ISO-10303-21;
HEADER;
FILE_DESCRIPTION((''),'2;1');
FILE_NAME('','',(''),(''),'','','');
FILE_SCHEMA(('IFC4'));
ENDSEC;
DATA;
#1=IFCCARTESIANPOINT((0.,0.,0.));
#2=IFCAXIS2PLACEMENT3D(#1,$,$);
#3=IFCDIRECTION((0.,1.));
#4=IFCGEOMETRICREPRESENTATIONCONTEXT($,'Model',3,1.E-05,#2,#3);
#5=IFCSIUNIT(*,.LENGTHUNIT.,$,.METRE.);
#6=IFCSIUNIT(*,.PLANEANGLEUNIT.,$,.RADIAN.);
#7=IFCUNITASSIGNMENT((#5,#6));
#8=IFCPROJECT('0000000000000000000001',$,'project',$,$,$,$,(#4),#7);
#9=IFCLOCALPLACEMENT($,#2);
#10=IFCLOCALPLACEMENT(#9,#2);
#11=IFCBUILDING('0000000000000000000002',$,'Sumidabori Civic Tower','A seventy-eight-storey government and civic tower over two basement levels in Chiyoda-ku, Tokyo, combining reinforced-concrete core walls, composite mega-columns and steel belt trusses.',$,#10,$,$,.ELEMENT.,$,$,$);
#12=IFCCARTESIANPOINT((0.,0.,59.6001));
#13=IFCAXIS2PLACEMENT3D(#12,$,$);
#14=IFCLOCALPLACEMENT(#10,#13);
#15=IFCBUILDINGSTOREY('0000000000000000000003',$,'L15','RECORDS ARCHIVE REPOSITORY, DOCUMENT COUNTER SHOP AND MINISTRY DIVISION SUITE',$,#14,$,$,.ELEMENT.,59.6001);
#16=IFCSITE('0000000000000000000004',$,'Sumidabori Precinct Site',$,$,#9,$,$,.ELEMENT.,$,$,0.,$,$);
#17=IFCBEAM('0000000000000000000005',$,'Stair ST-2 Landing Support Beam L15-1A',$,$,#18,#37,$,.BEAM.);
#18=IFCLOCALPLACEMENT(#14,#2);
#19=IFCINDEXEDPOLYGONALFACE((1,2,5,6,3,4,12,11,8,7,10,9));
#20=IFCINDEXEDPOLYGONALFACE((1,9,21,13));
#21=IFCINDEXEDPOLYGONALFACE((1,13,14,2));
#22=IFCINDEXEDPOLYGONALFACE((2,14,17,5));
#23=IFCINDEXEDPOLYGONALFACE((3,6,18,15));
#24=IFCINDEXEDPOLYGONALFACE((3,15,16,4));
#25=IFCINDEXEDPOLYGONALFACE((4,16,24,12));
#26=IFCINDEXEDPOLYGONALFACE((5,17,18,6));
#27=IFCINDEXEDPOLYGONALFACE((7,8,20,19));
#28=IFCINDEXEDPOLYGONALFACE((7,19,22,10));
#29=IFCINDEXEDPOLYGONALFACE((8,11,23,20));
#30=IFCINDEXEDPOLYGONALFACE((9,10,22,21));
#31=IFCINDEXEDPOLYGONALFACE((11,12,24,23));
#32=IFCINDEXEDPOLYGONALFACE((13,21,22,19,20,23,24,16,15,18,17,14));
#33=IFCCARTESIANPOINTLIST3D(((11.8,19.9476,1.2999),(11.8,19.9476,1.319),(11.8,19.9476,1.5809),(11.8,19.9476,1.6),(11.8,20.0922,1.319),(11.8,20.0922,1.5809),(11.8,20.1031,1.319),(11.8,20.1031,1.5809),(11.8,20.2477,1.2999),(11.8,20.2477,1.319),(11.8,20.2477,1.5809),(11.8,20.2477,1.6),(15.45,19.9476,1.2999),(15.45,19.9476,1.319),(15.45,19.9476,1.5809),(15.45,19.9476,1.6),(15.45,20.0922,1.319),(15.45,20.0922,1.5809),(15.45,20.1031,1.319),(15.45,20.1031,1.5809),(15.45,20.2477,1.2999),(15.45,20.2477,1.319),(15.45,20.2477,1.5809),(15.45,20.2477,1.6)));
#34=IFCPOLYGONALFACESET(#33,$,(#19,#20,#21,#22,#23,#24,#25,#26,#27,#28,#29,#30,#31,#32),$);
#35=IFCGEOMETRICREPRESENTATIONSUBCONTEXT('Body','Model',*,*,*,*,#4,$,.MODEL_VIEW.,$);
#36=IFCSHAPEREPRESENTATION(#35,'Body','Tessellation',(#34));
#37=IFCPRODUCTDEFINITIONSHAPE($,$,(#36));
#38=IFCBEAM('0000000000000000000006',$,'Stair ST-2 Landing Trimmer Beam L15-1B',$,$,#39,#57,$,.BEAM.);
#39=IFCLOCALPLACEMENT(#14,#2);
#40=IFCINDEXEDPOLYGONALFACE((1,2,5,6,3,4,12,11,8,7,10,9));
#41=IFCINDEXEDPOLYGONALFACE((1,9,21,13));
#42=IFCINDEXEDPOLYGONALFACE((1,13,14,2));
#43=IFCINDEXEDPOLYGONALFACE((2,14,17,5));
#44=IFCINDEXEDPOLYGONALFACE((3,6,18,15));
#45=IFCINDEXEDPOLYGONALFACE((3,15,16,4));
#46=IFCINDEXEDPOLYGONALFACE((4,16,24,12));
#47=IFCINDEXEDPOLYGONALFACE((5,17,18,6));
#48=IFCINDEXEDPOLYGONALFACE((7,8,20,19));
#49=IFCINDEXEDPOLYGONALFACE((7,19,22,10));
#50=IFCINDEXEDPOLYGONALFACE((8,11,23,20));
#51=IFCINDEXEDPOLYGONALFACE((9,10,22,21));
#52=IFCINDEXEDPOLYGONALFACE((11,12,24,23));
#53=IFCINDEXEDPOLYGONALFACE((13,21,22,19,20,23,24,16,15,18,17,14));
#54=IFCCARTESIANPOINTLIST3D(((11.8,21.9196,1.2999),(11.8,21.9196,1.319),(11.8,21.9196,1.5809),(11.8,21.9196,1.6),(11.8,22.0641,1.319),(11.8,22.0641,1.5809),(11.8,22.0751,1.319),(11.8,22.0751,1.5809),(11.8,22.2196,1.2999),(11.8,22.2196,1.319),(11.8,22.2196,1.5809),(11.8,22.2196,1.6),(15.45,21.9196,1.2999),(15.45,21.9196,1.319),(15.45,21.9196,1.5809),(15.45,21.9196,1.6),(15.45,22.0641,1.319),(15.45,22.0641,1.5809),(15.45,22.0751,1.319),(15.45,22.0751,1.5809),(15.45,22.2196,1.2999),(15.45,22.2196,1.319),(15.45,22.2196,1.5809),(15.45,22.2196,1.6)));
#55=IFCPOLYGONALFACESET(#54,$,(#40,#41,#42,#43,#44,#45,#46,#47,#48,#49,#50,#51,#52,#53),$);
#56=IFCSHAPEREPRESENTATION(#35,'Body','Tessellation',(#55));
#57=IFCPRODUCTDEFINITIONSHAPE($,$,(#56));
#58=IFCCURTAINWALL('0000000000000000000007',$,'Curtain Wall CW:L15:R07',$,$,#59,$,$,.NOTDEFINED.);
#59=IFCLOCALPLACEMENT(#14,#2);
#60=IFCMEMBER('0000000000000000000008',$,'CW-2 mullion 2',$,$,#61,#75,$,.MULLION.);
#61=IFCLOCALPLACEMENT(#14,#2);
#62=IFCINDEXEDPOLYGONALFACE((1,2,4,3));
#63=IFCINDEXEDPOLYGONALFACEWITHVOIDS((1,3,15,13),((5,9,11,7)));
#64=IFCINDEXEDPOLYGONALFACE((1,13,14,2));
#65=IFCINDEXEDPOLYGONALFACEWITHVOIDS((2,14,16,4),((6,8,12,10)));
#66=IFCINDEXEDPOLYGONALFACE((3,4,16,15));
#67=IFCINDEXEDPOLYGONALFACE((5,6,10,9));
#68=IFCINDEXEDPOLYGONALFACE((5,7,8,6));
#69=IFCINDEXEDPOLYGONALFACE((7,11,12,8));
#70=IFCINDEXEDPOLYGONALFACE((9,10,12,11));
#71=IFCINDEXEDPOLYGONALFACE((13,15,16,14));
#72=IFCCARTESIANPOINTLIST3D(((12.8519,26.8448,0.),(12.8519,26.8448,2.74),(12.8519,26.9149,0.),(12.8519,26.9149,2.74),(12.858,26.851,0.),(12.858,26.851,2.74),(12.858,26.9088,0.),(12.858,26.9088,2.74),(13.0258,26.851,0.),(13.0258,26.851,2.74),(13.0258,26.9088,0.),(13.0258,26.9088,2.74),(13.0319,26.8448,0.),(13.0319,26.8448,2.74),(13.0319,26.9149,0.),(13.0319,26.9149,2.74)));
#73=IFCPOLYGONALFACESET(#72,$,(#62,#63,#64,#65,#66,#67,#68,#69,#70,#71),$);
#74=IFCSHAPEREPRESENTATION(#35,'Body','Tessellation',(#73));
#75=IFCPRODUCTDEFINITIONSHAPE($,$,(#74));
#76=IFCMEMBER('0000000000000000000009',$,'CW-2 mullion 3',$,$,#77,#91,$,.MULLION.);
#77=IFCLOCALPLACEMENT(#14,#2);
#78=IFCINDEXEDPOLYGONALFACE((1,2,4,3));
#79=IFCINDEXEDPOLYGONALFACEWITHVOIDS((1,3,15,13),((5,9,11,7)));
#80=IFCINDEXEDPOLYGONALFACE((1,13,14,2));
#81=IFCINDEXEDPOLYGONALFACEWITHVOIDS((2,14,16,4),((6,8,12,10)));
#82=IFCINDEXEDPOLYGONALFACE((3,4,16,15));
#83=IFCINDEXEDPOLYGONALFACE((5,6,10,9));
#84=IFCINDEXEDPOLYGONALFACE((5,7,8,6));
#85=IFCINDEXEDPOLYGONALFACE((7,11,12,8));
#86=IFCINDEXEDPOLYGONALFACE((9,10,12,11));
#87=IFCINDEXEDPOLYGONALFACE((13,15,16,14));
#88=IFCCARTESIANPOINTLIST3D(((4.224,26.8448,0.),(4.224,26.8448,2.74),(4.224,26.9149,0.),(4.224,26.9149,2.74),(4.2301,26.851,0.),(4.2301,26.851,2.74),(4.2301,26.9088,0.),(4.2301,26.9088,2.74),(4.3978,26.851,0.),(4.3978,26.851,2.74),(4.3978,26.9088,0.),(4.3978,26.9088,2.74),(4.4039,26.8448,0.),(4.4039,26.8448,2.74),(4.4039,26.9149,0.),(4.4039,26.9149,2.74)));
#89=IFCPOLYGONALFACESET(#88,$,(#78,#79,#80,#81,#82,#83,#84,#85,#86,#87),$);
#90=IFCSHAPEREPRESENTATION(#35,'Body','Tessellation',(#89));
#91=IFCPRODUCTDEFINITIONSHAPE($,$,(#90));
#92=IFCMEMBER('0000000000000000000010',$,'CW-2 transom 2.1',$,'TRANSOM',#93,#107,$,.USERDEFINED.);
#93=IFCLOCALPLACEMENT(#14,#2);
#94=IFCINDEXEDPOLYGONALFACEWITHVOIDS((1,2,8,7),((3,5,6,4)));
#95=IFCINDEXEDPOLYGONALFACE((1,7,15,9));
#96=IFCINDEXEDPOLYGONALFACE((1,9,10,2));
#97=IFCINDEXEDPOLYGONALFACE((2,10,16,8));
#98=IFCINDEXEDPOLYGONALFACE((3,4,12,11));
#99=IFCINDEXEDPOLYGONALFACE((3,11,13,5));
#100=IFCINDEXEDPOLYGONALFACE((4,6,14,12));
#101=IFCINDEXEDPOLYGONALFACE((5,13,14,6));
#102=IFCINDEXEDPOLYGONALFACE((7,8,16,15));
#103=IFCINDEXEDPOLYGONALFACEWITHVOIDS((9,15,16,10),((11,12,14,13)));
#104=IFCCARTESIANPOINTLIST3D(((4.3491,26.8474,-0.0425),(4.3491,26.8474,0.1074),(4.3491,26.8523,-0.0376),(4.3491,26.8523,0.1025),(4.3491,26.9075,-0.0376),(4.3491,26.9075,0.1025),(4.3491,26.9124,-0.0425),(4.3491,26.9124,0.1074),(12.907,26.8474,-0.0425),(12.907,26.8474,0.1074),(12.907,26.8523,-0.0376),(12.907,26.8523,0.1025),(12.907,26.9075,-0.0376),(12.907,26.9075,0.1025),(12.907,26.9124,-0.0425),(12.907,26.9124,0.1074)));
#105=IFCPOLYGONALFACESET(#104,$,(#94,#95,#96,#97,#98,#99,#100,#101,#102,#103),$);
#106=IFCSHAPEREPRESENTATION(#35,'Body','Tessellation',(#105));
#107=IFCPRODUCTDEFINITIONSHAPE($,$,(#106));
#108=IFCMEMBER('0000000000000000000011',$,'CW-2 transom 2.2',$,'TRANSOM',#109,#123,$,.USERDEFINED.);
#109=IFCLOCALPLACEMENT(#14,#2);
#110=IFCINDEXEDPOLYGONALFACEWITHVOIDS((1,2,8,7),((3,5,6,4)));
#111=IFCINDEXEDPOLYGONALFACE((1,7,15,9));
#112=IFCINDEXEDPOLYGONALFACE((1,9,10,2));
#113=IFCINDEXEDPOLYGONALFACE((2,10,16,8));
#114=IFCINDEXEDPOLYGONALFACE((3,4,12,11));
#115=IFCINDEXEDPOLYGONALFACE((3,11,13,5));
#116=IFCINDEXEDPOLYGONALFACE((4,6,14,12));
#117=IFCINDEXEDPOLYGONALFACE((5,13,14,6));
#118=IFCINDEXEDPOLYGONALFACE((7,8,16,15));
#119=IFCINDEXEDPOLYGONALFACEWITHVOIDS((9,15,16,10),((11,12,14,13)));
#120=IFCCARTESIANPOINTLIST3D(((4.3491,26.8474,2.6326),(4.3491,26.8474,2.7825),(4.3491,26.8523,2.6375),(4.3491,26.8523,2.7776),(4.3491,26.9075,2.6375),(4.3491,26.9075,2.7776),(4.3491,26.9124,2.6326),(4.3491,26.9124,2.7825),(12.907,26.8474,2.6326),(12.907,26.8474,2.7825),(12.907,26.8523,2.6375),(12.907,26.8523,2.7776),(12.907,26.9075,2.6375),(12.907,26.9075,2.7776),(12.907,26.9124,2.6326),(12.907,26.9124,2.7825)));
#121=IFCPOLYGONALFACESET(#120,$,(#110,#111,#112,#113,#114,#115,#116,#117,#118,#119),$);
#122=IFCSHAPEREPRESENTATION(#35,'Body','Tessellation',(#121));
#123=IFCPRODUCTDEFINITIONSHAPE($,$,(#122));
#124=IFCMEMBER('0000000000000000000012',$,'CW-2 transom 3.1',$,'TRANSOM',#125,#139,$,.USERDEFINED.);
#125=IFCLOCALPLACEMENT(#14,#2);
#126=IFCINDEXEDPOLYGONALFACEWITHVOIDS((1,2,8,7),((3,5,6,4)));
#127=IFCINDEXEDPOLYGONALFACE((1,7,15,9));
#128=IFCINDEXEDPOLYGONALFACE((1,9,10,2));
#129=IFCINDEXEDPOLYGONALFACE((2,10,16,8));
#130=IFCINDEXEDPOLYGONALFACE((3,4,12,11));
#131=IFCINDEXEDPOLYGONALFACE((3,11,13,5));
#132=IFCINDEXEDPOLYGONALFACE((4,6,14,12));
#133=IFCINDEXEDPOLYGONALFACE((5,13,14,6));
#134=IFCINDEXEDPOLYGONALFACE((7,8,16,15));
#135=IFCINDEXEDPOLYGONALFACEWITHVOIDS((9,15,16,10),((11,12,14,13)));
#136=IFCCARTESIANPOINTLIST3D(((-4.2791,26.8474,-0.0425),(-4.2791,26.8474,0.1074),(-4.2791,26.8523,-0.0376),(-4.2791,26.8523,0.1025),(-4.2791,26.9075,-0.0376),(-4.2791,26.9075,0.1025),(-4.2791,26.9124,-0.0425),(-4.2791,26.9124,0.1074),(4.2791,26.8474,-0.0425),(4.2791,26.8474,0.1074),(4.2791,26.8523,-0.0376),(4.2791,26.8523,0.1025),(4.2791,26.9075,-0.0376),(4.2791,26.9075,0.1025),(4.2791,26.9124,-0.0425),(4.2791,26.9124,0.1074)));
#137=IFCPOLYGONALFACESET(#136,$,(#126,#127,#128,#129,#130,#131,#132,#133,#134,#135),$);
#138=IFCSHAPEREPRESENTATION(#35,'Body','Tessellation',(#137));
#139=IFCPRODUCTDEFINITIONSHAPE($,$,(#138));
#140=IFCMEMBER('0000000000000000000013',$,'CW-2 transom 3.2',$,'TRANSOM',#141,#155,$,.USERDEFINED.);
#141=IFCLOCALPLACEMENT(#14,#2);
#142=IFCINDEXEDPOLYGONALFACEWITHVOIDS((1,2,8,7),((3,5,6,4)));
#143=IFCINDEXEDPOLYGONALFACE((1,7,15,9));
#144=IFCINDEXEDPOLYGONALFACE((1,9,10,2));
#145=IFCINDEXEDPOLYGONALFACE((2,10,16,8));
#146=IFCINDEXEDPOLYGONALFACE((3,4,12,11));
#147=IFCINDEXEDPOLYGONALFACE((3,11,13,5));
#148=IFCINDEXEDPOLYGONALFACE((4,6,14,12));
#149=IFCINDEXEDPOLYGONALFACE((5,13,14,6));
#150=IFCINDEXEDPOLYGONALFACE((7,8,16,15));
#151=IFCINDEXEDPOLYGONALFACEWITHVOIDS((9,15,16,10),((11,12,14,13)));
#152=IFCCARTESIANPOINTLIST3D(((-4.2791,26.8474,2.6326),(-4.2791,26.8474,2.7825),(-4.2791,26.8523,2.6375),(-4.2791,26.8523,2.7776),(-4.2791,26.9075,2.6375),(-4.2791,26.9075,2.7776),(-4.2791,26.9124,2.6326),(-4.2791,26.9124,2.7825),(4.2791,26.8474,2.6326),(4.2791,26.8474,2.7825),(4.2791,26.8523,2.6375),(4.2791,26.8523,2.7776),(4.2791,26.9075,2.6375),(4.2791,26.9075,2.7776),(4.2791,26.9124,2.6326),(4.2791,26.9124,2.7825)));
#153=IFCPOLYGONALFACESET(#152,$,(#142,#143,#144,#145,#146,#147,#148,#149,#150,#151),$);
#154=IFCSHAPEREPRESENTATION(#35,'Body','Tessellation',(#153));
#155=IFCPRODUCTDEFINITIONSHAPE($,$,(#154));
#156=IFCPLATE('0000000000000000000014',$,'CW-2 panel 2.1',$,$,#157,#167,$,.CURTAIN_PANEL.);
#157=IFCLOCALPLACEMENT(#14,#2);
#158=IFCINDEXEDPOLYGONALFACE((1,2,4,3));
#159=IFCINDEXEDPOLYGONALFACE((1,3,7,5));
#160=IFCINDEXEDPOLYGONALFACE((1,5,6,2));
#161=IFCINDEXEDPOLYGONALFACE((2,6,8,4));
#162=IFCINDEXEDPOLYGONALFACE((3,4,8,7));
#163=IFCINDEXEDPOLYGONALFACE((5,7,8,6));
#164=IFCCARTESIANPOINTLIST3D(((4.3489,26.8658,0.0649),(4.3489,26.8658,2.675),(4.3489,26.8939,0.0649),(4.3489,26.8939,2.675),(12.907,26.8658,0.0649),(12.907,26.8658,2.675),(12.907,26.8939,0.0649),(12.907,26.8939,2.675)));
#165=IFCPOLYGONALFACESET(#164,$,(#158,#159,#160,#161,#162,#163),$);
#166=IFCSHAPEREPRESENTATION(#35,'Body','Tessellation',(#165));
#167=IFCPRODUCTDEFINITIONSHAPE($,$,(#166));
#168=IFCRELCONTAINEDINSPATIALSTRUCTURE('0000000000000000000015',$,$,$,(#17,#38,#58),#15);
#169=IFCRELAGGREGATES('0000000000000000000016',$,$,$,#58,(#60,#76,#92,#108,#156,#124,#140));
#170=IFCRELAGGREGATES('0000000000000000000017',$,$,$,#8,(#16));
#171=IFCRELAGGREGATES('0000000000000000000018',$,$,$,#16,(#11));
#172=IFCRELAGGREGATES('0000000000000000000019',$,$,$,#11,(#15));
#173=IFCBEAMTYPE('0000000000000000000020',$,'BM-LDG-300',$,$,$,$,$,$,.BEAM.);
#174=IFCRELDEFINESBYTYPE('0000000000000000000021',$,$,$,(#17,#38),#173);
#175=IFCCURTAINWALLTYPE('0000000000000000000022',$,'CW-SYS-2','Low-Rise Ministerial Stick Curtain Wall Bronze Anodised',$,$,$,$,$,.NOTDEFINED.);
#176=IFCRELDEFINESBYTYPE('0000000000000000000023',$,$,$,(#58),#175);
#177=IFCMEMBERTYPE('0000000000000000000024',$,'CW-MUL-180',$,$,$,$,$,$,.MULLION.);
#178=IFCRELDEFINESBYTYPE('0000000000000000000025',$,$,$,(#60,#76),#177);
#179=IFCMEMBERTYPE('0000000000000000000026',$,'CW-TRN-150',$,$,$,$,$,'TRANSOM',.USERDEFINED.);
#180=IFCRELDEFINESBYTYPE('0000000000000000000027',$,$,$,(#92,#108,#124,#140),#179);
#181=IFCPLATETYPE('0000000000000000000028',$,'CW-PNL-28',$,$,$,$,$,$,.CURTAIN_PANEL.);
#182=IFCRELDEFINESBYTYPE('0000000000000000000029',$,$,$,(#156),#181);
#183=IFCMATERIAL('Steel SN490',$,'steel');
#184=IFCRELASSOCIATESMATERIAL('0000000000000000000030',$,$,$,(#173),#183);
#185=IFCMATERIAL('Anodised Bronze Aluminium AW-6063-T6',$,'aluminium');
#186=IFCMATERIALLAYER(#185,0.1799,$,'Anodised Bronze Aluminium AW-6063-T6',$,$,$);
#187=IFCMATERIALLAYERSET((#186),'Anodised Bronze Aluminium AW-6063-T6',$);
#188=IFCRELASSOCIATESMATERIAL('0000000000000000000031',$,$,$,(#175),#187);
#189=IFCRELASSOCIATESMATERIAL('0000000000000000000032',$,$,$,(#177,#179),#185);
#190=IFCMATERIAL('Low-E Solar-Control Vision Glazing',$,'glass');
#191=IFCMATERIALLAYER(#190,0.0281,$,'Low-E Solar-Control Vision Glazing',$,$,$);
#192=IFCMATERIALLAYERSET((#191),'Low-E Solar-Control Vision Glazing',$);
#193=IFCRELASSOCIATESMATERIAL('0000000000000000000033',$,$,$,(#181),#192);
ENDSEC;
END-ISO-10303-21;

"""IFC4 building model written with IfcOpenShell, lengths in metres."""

from ifc_helpers import new_model, si_unit, direction, frame, origin, origin_2d, place, context, subcontext, project, spatial, rectangle, hollow_rectangle, i_section, extrude, source, transform, mapped, material, layer, layer_set, material_profile, profile_set, type_object, element, aggregate, save


model = new_model("IFC4")

# Units and contexts
model_context = context("Model", 3, precision=1e-05, world=origin(), true_north=direction((0.0, 1.0)))
body_context = subcontext(model_context, "Body", "Model", "MODEL_VIEW")
ifc_project = project(units=[si_unit("LENGTHUNIT", "METRE"), si_unit("PLANEANGLEUNIT", "RADIAN")], contexts=[model_context])

# Site, building, storey
site_placement = place(None, origin())
site = spatial("IfcSite", under=ifc_project, at=site_placement, Name="Sumidabori Precinct Site", CompositionType="ELEMENT", RefElevation=0.0)
building_placement = place(site_placement, origin())
building = spatial("IfcBuilding", under=site, at=building_placement, Name="Sumidabori Civic Tower", Description="A seventy-eight-storey government and civic tower over two basement levels in Chiyoda-ku, Tokyo, combining reinforced-concrete core walls, composite mega-columns and steel belt trusses.", CompositionType="ELEMENT")
storey_placement = place(building_placement, frame((0.0, 0.0, 59.6001)))
storey = spatial("IfcBuildingStorey", under=building, at=storey_placement, Name="L15", Description="RECORDS ARCHIVE REPOSITORY, DOCUMENT COUNTER SHOP AND MINISTRY DIVISION SUITE", CompositionType="ELEMENT", Elevation=59.6001)

# Beams
ifc_material_1 = material(Name="Steel SN490", Category="steel")
ifc_material_profile_1 = material_profile(ifc_material_1, i_section(OverallWidth=0.3, OverallDepth=0.3, WebThickness=0.011, FlangeThickness=0.019, at=origin_2d()), Name="HE 300 B")
ifc_profile_set_1 = profile_set([ifc_material_profile_1], Name="Steel SN490")
beam_type = type_object("IfcBeamType", Name="BM-LDG-300", PredefinedType="BEAM", material=ifc_profile_set_1)
shared_shape_1 = source(origin(), body_context, "Body", "SweptSolid", [
    extrude(i_section(OverallWidth=0.3, OverallDepth=0.3, WebThickness=0.011, FlangeThickness=0.019, at=origin_2d()), origin(), (0.0, 0.0, 1.0), 3.6499),
])
for number, where, z_axis, x_axis, name in (
    (1, (11.8, 20.0977, 1.45), (1.0, 0.0, 0.0), (0.0, 1.0, 0.0), "Stair ST-2 Landing Support Beam L15-1A"),
    (2, (11.8, 22.0696, 1.45), (1.0, 0.0, 0.0), (0.0, 1.0, 0.0), "Stair ST-2 Landing Trimmer Beam L15-1B"),
):
    element("IfcBeam", number, at=place(storey_placement, frame(where, z_axis=z_axis, x_axis=x_axis)), inside=storey, type_object=beam_type, Name=name, PredefinedType="BEAM", context=body_context, shape_type="MappedRepresentation", body=[
        mapped(shared_shape_1, transform((0.0, 0.0, 0.0), x_axis=(1.0, 0.0, 0.0), y_axis=(0.0, 1.0, 0.0), z_axis=(0.0, 0.0, 1.0), scale=1.0)),
    ])

# Curtain wall, members, plate
ifc_material_2 = material(Name="Anodised Bronze Aluminium AW-6063-T6", Category="aluminium")
ifc_layer_1 = layer(ifc_material_2, 0.1799, Name="Anodised Bronze Aluminium AW-6063-T6")
ifc_layer_set_1 = layer_set([ifc_layer_1], Name="Anodised Bronze Aluminium AW-6063-T6")
curtain_wall_type = type_object("IfcCurtainWallType", Name="CW-SYS-2", Description="Low-Rise Ministerial Stick Curtain Wall Bronze Anodised", PredefinedType="NOTDEFINED", material=ifc_layer_set_1)
curtain_wall_placement = place(storey_placement, origin())
curtain_wall = element("IfcCurtainWall", 3, at=curtain_wall_placement, inside=storey, type_object=curtain_wall_type, Name="Curtain Wall CW:L15:R07", PredefinedType="NOTDEFINED")
ifc_material_profile_2 = material_profile(ifc_material_2, hollow_rectangle(XDim=0.0701, YDim=0.1799, WallThickness=0.0061, at=origin_2d()), Name="ALU MULLION 180x70")
ifc_profile_set_2 = profile_set([ifc_material_profile_2], Name="Anodised Bronze Aluminium AW-6063-T6")
member_type_1 = type_object("IfcMemberType", Name="CW-MUL-180", PredefinedType="MULLION", material=ifc_profile_set_2)
shared_shape_2 = source(origin(), body_context, "Body", "SweptSolid", [
    extrude(hollow_rectangle(XDim=0.0701, YDim=0.1799, WallThickness=0.0061, at=origin_2d()), origin(), (0.0, 0.0, 1.0), 2.74),
])
member_1_placement = place(storey_placement, frame((12.9419, 26.8799, 0.0), z_axis=(0.0, 0.0, 1.0), x_axis=(0.0, -1.0, 0.0)))
member_1 = element("IfcMember", 4, at=member_1_placement, type_object=member_type_1, Name="CW-2 mullion 2", PredefinedType="MULLION", context=body_context, shape_type="MappedRepresentation", body=[
    mapped(shared_shape_2, transform((0.0, 0.0, 0.0), x_axis=(1.0, 0.0, 0.0), y_axis=(0.0, 1.0, 0.0), z_axis=(0.0, 0.0, 1.0), scale=1.0)),
])
member_2_placement = place(storey_placement, frame((4.314, 26.8799, 0.0), z_axis=(0.0, 0.0, 1.0), x_axis=(0.0, -1.0, 0.0)))
member_2 = element("IfcMember", 5, at=member_2_placement, type_object=member_type_1, Name="CW-2 mullion 3", PredefinedType="MULLION", context=body_context, shape_type="MappedRepresentation", body=[
    mapped(shared_shape_2, transform((0.0, 0.0, 0.0), x_axis=(1.0, 0.0, 0.0), y_axis=(0.0, 1.0, 0.0), z_axis=(0.0, 0.0, 1.0), scale=1.0)),
])
ifc_material_profile_3 = material_profile(ifc_material_2, hollow_rectangle(XDim=0.0649, YDim=0.1499, WallThickness=0.0049, at=origin_2d()), Name="ALU TRANSOM 150x65")
ifc_profile_set_3 = profile_set([ifc_material_profile_3], Name="Anodised Bronze Aluminium AW-6063-T6")
member_type_2 = type_object("IfcMemberType", Name="CW-TRN-150", ElementType="TRANSOM", PredefinedType="USERDEFINED", material=ifc_profile_set_3)
shared_shape_3 = source(origin(), body_context, "Body", "SweptSolid", [
    extrude(hollow_rectangle(XDim=0.0649, YDim=0.1499, WallThickness=0.0049, at=origin_2d()), origin(), (0.0, 0.0, 1.0), 8.5579),
])
member_3_placement = place(storey_placement, frame((12.907, 26.8799, 0.0325), z_axis=(-1.0, 0.0, 0.0), x_axis=(0.0, -1.0, 0.0)))
member_3 = element("IfcMember", 6, at=member_3_placement, type_object=member_type_2, Name="CW-2 transom 2.1", ObjectType="TRANSOM", PredefinedType="USERDEFINED", context=body_context, shape_type="MappedRepresentation", body=[
    mapped(shared_shape_3, transform((0.0, 0.0, 0.0), x_axis=(1.0, 0.0, 0.0), y_axis=(0.0, 1.0, 0.0), z_axis=(0.0, 0.0, 1.0), scale=1.0)),
])
member_4_placement = place(storey_placement, frame((12.907, 26.8799, 2.7075), z_axis=(-1.0, 0.0, 0.0), x_axis=(0.0, -1.0, 0.0)))
member_4 = element("IfcMember", 7, at=member_4_placement, type_object=member_type_2, Name="CW-2 transom 2.2", ObjectType="TRANSOM", PredefinedType="USERDEFINED", context=body_context, shape_type="MappedRepresentation", body=[
    mapped(shared_shape_3, transform((0.0, 0.0, 0.0), x_axis=(1.0, 0.0, 0.0), y_axis=(0.0, 1.0, 0.0), z_axis=(0.0, 0.0, 1.0), scale=1.0)),
])
shared_shape_4 = source(origin(), body_context, "Body", "SweptSolid", [
    extrude(hollow_rectangle(XDim=0.0649, YDim=0.1499, WallThickness=0.0049, at=origin_2d()), origin(), (0.0, 0.0, 1.0), 8.5581),
])
member_5_placement = place(storey_placement, frame((4.2791, 26.8799, 0.0325), z_axis=(-1.0, 0.0, 0.0), x_axis=(0.0, -1.0, 0.0)))
member_5 = element("IfcMember", 8, at=member_5_placement, type_object=member_type_2, Name="CW-2 transom 3.1", ObjectType="TRANSOM", PredefinedType="USERDEFINED", context=body_context, shape_type="MappedRepresentation", body=[
    mapped(shared_shape_4, transform((0.0, 0.0, 0.0), x_axis=(1.0, 0.0, 0.0), y_axis=(0.0, 1.0, 0.0), z_axis=(0.0, 0.0, 1.0), scale=1.0)),
])
member_6_placement = place(storey_placement, frame((4.2791, 26.8799, 2.7075), z_axis=(-1.0, 0.0, 0.0), x_axis=(0.0, -1.0, 0.0)))
member_6 = element("IfcMember", 9, at=member_6_placement, type_object=member_type_2, Name="CW-2 transom 3.2", ObjectType="TRANSOM", PredefinedType="USERDEFINED", context=body_context, shape_type="MappedRepresentation", body=[
    mapped(shared_shape_4, transform((0.0, 0.0, 0.0), x_axis=(1.0, 0.0, 0.0), y_axis=(0.0, 1.0, 0.0), z_axis=(0.0, 0.0, 1.0), scale=1.0)),
])
ifc_material_3 = material(Name="Low-E Solar-Control Vision Glazing", Category="glass")
ifc_layer_2 = layer(ifc_material_3, 0.0281, Name="Low-E Solar-Control Vision Glazing")
ifc_layer_set_2 = layer_set([ifc_layer_2], Name="Low-E Solar-Control Vision Glazing")
plate_type = type_object("IfcPlateType", Name="CW-PNL-28", PredefinedType="CURTAIN_PANEL", material=ifc_layer_set_2)
shared_shape_5 = source(origin(), body_context, "Body", "SweptSolid", [
    extrude(rectangle(XDim=8.5581, YDim=0.0281, at=origin_2d()), origin(), (0.0, 0.0, 1.0), 2.6101),
])
plate_placement = place(storey_placement, frame((8.6279, 26.8799, 0.0649), z_axis=(0.0, 0.0, 1.0), x_axis=(-1.0, 0.0, 0.0)))
plate = element("IfcPlate", 10, at=plate_placement, type_object=plate_type, Name="CW-2 panel 2.1", PredefinedType="CURTAIN_PANEL", context=body_context, shape_type="MappedRepresentation", body=[
    mapped(shared_shape_5, transform((0.0, 0.0, 0.0), x_axis=(1.0, 0.0, 0.0), y_axis=(0.0, 1.0, 0.0), z_axis=(0.0, 0.0, 1.0), scale=1.0)),
])
aggregate(curtain_wall, [member_1, member_2, member_3, member_4, plate, member_5, member_6])

save(model, "model.ifc")
